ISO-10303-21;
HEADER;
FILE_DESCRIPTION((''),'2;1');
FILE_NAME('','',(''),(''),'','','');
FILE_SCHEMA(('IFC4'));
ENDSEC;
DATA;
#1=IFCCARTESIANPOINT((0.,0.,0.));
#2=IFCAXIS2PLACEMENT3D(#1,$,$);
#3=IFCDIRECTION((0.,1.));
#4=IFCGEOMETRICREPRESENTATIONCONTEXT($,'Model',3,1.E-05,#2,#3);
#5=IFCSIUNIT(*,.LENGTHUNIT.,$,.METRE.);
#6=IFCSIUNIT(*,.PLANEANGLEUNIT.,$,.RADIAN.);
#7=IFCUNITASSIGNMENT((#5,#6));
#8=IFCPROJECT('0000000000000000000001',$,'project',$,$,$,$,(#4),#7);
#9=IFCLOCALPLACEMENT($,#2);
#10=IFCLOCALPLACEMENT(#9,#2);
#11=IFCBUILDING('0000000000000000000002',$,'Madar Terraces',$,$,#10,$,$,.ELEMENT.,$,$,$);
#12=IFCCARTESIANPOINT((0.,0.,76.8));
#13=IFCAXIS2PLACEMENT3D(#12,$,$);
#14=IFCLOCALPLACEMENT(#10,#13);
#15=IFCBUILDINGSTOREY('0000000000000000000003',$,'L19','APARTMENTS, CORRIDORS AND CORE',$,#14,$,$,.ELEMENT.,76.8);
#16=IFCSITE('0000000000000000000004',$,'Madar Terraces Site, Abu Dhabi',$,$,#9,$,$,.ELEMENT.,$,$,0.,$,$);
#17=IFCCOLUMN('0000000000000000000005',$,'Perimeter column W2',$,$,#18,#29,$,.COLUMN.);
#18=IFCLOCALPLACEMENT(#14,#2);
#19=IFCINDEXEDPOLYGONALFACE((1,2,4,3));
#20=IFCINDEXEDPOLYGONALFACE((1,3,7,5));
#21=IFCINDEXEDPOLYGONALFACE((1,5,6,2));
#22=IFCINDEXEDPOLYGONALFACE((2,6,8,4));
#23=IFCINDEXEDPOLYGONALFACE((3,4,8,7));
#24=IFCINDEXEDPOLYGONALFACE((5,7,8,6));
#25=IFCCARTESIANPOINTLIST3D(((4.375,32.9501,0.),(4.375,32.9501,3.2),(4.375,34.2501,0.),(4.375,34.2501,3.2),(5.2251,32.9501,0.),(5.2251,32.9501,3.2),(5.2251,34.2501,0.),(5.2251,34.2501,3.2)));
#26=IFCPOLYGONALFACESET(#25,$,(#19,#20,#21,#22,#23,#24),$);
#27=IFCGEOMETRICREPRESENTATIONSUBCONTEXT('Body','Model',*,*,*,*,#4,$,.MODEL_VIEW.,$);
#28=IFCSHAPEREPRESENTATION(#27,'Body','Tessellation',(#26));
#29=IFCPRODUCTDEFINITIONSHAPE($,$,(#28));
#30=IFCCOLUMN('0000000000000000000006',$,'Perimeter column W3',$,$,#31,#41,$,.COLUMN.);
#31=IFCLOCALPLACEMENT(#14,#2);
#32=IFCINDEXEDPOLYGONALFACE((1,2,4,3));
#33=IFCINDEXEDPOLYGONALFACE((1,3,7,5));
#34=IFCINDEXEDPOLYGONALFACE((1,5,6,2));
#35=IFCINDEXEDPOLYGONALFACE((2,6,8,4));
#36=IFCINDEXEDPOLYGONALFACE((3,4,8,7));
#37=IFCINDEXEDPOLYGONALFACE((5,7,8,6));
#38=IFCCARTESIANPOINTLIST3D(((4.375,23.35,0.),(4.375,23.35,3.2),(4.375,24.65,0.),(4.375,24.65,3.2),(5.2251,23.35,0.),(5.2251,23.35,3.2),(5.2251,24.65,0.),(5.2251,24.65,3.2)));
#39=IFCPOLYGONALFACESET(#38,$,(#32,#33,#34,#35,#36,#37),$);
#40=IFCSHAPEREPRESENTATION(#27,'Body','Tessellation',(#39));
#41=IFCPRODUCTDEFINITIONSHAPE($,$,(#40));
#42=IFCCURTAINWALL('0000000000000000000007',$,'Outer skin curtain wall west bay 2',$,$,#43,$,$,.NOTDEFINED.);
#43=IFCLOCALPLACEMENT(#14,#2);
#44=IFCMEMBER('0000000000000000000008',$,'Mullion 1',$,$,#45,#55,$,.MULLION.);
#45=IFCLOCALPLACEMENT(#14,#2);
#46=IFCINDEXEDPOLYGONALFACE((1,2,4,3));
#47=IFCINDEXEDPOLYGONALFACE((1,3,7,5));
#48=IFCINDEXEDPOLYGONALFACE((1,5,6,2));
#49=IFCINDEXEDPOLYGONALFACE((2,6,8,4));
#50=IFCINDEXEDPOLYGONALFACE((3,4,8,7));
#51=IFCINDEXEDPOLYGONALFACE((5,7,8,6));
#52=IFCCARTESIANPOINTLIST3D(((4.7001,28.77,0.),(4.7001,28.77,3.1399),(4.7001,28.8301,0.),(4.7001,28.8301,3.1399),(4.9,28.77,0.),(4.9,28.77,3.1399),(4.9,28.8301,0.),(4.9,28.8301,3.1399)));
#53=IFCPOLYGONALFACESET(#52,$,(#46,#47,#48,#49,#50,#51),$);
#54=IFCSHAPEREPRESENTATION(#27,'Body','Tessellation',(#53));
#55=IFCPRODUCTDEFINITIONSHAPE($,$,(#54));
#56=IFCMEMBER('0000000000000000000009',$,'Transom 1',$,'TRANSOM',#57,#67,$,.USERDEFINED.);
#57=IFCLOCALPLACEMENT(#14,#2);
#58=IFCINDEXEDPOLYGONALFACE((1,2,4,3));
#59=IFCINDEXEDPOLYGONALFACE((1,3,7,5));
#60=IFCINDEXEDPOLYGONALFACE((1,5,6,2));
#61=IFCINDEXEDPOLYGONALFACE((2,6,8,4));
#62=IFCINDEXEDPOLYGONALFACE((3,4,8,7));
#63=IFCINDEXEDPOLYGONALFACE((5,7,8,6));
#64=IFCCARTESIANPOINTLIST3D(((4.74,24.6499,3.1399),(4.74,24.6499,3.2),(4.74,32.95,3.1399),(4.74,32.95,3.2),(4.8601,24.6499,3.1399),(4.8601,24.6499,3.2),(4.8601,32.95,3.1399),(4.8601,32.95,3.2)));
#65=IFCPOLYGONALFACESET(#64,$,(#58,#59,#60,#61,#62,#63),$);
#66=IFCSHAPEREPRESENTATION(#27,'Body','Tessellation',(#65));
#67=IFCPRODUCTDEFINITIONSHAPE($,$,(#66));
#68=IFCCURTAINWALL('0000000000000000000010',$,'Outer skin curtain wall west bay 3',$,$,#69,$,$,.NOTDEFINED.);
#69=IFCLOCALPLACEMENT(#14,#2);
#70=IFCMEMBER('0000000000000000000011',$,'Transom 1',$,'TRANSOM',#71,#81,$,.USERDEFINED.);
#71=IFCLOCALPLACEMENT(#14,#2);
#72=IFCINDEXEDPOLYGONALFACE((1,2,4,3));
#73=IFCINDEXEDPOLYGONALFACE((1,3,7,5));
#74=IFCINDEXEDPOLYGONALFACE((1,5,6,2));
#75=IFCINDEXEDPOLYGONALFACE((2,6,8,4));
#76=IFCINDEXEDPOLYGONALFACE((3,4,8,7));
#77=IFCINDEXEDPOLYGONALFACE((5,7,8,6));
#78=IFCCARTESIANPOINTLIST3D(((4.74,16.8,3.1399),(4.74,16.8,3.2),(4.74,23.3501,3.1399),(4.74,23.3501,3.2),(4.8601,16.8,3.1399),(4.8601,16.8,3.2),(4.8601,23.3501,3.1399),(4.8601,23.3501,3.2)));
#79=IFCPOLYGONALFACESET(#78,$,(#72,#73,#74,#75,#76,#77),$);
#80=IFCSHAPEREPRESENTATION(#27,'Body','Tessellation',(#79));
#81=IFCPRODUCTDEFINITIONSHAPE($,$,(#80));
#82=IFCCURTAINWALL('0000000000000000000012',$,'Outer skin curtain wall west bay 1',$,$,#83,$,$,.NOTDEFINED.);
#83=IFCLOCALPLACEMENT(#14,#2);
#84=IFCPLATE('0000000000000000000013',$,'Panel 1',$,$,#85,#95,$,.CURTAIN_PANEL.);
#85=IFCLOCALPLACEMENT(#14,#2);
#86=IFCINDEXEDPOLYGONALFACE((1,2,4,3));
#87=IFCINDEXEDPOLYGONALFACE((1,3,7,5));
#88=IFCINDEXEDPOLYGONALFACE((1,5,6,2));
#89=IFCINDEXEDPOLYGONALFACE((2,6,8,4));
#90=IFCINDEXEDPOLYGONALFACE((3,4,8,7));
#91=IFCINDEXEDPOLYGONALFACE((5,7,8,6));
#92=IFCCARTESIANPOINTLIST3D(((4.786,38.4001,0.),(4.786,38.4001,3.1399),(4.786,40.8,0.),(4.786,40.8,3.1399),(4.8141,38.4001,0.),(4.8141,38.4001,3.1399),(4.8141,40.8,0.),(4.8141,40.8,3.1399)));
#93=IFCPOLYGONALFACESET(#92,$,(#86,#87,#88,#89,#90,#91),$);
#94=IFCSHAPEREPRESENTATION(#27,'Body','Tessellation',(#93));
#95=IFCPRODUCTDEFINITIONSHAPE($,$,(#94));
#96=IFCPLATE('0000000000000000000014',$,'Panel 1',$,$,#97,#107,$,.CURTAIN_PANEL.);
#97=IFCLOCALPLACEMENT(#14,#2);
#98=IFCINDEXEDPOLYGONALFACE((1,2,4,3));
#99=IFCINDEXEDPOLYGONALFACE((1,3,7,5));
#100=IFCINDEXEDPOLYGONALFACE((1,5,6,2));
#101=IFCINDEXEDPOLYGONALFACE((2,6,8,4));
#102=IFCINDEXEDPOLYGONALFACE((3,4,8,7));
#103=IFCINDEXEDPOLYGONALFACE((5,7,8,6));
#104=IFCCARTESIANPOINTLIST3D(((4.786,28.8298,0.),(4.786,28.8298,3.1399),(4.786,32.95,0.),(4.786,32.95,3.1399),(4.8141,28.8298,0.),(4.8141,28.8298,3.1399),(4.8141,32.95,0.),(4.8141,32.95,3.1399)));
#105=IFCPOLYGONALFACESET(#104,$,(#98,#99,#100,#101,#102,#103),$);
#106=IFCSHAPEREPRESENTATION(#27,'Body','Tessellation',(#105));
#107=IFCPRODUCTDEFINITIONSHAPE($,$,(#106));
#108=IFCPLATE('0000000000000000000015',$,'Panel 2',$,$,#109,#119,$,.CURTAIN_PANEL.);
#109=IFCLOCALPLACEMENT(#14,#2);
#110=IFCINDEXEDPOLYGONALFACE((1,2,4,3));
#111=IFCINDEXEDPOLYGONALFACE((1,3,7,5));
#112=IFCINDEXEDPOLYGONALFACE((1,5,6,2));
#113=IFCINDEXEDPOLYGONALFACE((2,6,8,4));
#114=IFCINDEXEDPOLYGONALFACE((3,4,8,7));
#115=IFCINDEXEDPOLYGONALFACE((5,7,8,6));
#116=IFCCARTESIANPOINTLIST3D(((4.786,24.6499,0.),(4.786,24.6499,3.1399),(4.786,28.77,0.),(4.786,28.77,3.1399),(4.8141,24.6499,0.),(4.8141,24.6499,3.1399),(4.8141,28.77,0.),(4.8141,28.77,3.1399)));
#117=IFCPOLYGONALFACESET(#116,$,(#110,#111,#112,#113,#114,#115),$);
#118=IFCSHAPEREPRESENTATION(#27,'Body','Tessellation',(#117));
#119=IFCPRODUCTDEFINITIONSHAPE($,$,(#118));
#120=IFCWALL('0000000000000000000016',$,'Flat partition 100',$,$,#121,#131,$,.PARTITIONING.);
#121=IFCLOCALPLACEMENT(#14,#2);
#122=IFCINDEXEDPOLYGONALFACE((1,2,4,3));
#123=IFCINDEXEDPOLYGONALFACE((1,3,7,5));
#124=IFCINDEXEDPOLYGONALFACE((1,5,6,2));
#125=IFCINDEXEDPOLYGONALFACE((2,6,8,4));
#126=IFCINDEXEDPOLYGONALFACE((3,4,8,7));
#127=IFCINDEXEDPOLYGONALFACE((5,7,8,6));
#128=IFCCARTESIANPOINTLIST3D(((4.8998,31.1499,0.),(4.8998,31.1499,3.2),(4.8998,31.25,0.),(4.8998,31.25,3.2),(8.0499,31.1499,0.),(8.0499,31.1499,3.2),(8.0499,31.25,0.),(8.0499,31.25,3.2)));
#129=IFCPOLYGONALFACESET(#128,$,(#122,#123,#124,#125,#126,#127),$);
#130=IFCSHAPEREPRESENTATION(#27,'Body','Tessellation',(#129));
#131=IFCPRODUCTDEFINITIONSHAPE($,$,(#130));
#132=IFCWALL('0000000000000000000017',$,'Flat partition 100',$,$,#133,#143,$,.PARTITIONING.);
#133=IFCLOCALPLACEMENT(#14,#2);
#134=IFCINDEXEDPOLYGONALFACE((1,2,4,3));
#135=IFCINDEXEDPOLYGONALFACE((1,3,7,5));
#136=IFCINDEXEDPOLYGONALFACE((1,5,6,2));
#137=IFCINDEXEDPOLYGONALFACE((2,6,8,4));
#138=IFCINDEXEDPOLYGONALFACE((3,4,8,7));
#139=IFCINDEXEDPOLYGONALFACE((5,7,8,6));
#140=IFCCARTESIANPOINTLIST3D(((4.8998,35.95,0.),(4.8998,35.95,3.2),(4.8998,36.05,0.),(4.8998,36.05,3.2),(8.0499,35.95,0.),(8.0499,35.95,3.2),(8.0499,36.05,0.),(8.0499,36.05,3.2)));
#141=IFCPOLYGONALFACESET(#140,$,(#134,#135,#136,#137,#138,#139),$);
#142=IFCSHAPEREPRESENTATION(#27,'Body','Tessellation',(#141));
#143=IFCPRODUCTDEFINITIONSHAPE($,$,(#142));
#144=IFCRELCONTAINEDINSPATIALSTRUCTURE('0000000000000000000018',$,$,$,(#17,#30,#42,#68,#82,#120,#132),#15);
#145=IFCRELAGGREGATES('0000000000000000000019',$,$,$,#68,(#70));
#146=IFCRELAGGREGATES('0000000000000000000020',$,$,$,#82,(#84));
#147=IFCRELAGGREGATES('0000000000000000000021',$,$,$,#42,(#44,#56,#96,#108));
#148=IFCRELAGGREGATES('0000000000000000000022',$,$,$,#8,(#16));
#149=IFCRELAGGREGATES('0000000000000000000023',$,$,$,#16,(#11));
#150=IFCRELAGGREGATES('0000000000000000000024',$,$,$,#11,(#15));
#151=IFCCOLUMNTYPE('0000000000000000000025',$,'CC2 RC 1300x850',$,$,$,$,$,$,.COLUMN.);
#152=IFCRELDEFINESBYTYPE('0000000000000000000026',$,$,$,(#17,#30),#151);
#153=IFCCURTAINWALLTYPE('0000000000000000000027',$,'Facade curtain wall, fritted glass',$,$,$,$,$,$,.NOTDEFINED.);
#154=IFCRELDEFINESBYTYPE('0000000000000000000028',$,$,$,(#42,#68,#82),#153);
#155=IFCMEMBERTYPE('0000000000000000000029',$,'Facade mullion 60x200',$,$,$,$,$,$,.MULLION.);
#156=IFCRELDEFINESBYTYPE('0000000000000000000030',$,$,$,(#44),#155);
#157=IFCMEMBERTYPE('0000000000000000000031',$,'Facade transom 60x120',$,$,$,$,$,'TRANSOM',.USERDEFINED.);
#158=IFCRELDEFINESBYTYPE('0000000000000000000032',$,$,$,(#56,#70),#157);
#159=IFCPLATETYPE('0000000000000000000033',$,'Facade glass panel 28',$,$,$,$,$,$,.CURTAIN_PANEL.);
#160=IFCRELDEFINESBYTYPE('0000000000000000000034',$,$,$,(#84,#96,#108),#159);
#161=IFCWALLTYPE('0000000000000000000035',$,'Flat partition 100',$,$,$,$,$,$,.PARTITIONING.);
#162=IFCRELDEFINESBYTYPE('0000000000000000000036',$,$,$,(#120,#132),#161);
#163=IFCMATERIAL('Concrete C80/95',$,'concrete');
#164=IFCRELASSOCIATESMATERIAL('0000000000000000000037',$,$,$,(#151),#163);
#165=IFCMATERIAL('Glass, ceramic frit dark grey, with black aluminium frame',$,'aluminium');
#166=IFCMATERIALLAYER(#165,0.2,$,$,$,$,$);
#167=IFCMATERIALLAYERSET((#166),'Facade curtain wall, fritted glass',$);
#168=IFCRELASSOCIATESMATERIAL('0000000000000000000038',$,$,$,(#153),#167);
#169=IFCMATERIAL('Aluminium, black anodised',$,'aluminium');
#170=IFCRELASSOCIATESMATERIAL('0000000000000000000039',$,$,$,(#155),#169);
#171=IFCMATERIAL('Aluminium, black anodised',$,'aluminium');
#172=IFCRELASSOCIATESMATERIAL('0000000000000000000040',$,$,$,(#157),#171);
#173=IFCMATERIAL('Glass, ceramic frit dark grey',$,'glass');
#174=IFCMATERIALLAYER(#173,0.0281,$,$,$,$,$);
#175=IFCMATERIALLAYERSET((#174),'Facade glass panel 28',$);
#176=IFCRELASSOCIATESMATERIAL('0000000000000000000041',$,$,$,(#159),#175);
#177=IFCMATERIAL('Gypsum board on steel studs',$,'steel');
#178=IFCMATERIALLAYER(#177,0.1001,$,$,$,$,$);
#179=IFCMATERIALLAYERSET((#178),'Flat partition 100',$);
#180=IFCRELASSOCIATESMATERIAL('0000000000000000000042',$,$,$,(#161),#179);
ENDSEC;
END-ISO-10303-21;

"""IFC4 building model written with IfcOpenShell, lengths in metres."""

from ifc_helpers import new_model, si_unit, direction, frame, frame_2d, origin, origin_2d, place, context, subcontext, project, spatial, rectangle, extrude, material, layer, layer_set, material_profile, profile_set, type_object, element, aggregate, save


model = new_model("IFC4")

# Units and contexts
model_context = context("Model", 3, precision=1e-05, world=origin(), true_north=direction((0.0, 1.0)))
body_context = subcontext(model_context, "Body", "Model", "MODEL_VIEW")
ifc_project = project(units=[si_unit("LENGTHUNIT", "METRE"), si_unit("PLANEANGLEUNIT", "RADIAN")], contexts=[model_context])

# Site, building, storey
site_placement = place(None, origin())
site = spatial("IfcSite", under=ifc_project, at=site_placement, Name="Madar Terraces Site, Abu Dhabi", CompositionType="ELEMENT", RefElevation=0.0)
building_placement = place(site_placement, origin())
building = spatial("IfcBuilding", under=site, at=building_placement, Name="Madar Terraces", CompositionType="ELEMENT")
storey_placement = place(building_placement, frame((0.0, 0.0, 76.8)))
storey = spatial("IfcBuildingStorey", under=building, at=storey_placement, Name="L19", Description="APARTMENTS, CORRIDORS AND CORE", CompositionType="ELEMENT", Elevation=76.8)

# Columns
ifc_material_1 = material(Name="Concrete C80/95", Category="concrete")
ifc_material_profile_1 = material_profile(ifc_material_1, rectangle(XDim=1.3, YDim=0.8501, at=origin_2d()), Name="CC2 RC 1300x850")
ifc_profile_set_1 = profile_set([ifc_material_profile_1], Name="Concrete C80/95")
column_type = type_object("IfcColumnType", Name="CC2 RC 1300x850", PredefinedType="COLUMN", material=ifc_profile_set_1)
for number, where, z_axis, x_axis, name in (
    (1, (4.8, 33.6001, 0.0), (0.0, 0.0, 1.0), (0.0, 1.0, 0.0), "Perimeter column W2"),
    (2, (4.8, 24.0, 0.0), (0.0, 0.0, 1.0), (0.0, 1.0, 0.0), "Perimeter column W3"),
):
    element("IfcColumn", number, at=place(storey_placement, frame(where, z_axis=z_axis, x_axis=x_axis)), inside=storey, type_object=column_type, Name=name, PredefinedType="COLUMN", context=body_context, shape_type="SweptSolid", body=[
        extrude(rectangle(XDim=1.3, YDim=0.8501, at=origin_2d()), origin(), (0.0, 0.0, 1.0), 3.2),
    ])

# Curtain wall, members
ifc_material_2 = material(Name="Glass, ceramic frit dark grey, with black aluminium frame", Category="aluminium")
ifc_layer_1 = layer(ifc_material_2, 0.2)
ifc_layer_set_1 = layer_set([ifc_layer_1], Name="Facade curtain wall, fritted glass")
curtain_wall_type = type_object("IfcCurtainWallType", Name="Facade curtain wall, fritted glass", PredefinedType="NOTDEFINED", material=ifc_layer_set_1)
curtain_wall_1_placement = place(storey_placement, origin())
curtain_wall_1 = element("IfcCurtainWall", 3, at=curtain_wall_1_placement, inside=storey, type_object=curtain_wall_type, Name="Outer skin curtain wall west bay 2", PredefinedType="NOTDEFINED")
ifc_material_3 = material(Name="Aluminium, black anodised", Category="aluminium")
ifc_material_profile_2 = material_profile(ifc_material_3, rectangle(XDim=0.2, YDim=0.0601, at=origin_2d()), Name="Facade mullion 60x200")
ifc_profile_set_2 = profile_set([ifc_material_profile_2], Name="Aluminium, black anodised")
member_type_1 = type_object("IfcMemberType", Name="Facade mullion 60x200", PredefinedType="MULLION", material=ifc_profile_set_2)
member_1_placement = place(storey_placement, frame((4.8, 28.8, 0.0), z_axis=(0.0, 0.0, 1.0), x_axis=(1.0, 0.0, 0.0)))
member_1 = element("IfcMember", 4, at=member_1_placement, type_object=member_type_1, Name="Mullion 1", PredefinedType="MULLION", context=body_context, shape_type="SweptSolid", body=[
    extrude(rectangle(XDim=0.2, YDim=0.0601, at=origin_2d()), origin(), (0.0, 0.0, 1.0), 3.1399),
])
ifc_material_4 = material(Name="Aluminium, black anodised", Category="aluminium")
ifc_material_profile_3 = material_profile(ifc_material_4, rectangle(XDim=0.1201, YDim=0.0601, at=origin_2d()), Name="Facade transom 60x120")
ifc_profile_set_3 = profile_set([ifc_material_profile_3], Name="Aluminium, black anodised")
member_type_2 = type_object("IfcMemberType", Name="Facade transom 60x120", ElementType="TRANSOM", PredefinedType="USERDEFINED", material=ifc_profile_set_3)
member_2_placement = place(storey_placement, frame((4.8, 32.95, 3.1699), z_axis=(0.0, -1.0, 0.0), x_axis=(1.0, 0.0, 0.0)))
member_2 = element("IfcMember", 5, at=member_2_placement, type_object=member_type_2, Name="Transom 1", ObjectType="TRANSOM", PredefinedType="USERDEFINED", context=body_context, shape_type="SweptSolid", body=[
    extrude(rectangle(XDim=0.1201, YDim=0.0601, at=origin_2d()), origin(), (0.0, 0.0, 1.0), 8.3),
])

# Curtain wall, member
curtain_wall_2_placement = place(storey_placement, origin())
curtain_wall_2 = element("IfcCurtainWall", 6, at=curtain_wall_2_placement, inside=storey, type_object=curtain_wall_type, Name="Outer skin curtain wall west bay 3", PredefinedType="NOTDEFINED")
member_3_placement = place(storey_placement, frame((4.8, 23.3501, 3.1699), z_axis=(0.0, -1.0, 0.0), x_axis=(1.0, 0.0, 0.0)))
member_3 = element("IfcMember", 7, at=member_3_placement, type_object=member_type_2, Name="Transom 1", ObjectType="TRANSOM", PredefinedType="USERDEFINED", context=body_context, shape_type="SweptSolid", body=[
    extrude(rectangle(XDim=0.1201, YDim=0.0601, at=origin_2d()), origin(), (0.0, 0.0, 1.0), 6.55),
])
aggregate(curtain_wall_2, [member_3])

# Curtain wall, plate
curtain_wall_3_placement = place(storey_placement, origin())
curtain_wall_3 = element("IfcCurtainWall", 8, at=curtain_wall_3_placement, inside=storey, type_object=curtain_wall_type, Name="Outer skin curtain wall west bay 1", PredefinedType="NOTDEFINED")
ifc_material_5 = material(Name="Glass, ceramic frit dark grey", Category="glass")
ifc_layer_2 = layer(ifc_material_5, 0.0281)
ifc_layer_set_2 = layer_set([ifc_layer_2], Name="Facade glass panel 28")
plate_type = type_object("IfcPlateType", Name="Facade glass panel 28", PredefinedType="CURTAIN_PANEL", material=ifc_layer_set_2)
plate_1_placement = place(storey_placement, frame((4.8, 39.6001, 0.0), z_axis=(0.0, 0.0, 1.0), x_axis=(0.0, -1.0, 0.0)))
plate_1 = element("IfcPlate", 9, at=plate_1_placement, type_object=plate_type, Name="Panel 1", PredefinedType="CURTAIN_PANEL", context=body_context, shape_type="SweptSolid", body=[
    extrude(rectangle(XDim=2.3999, YDim=0.0281, at=origin_2d()), origin(), (0.0, 0.0, 1.0), 3.1399),
])
aggregate(curtain_wall_3, [plate_1])

# Plates
plate_2_placement = place(storey_placement, frame((4.8, 30.8899, 0.0), z_axis=(0.0, 0.0, 1.0), x_axis=(0.0, -1.0, 0.0)))
plate_2 = element("IfcPlate", 10, at=plate_2_placement, type_object=plate_type, Name="Panel 1", PredefinedType="CURTAIN_PANEL", context=body_context, shape_type="SweptSolid", body=[
    extrude(rectangle(XDim=4.1201, YDim=0.0281, at=origin_2d()), origin(), (0.0, 0.0, 1.0), 3.1399),
])
plate_3_placement = place(storey_placement, frame((4.8, 26.71, 0.0), z_axis=(0.0, 0.0, 1.0), x_axis=(0.0, -1.0, 0.0)))
plate_3 = element("IfcPlate", 11, at=plate_3_placement, type_object=plate_type, Name="Panel 2", PredefinedType="CURTAIN_PANEL", context=body_context, shape_type="SweptSolid", body=[
    extrude(rectangle(XDim=4.1201, YDim=0.0281, at=origin_2d()), origin(), (0.0, 0.0, 1.0), 3.1399),
])
aggregate(curtain_wall_1, [member_1, member_2, plate_2, plate_3])

# Walls
ifc_material_6 = material(Name="Gypsum board on steel studs", Category="steel")
ifc_layer_3 = layer(ifc_material_6, 0.1001)
ifc_layer_set_3 = layer_set([ifc_layer_3], Name="Flat partition 100")
wall_type_1 = type_object("IfcWallType", Name="Flat partition 100", PredefinedType="PARTITIONING", material=ifc_layer_set_3)
for number, where, z_axis, x_axis, name in (
    (12, (8.05, 31.2, 0.0), (0.0, 0.0, 1.0), (-1.0, 0.0, 0.0), "Flat partition 100"),
    (13, (8.05, 36.0, 0.0), (0.0, 0.0, 1.0), (-1.0, 0.0, 0.0), "Flat partition 100"),
):
    element("IfcWall", number, at=place(storey_placement, frame(where, z_axis=z_axis, x_axis=x_axis)), inside=storey, type_object=wall_type_1, Name=name, PredefinedType="PARTITIONING", context=body_context, shape_type="SweptSolid", body=[
        extrude(rectangle(XDim=3.1501, YDim=0.1001, at=frame_2d((1.5752, 0.0))), origin(), (0.0, 0.0, 1.0), 3.2),
    ])

save(model, "model.ifc")
